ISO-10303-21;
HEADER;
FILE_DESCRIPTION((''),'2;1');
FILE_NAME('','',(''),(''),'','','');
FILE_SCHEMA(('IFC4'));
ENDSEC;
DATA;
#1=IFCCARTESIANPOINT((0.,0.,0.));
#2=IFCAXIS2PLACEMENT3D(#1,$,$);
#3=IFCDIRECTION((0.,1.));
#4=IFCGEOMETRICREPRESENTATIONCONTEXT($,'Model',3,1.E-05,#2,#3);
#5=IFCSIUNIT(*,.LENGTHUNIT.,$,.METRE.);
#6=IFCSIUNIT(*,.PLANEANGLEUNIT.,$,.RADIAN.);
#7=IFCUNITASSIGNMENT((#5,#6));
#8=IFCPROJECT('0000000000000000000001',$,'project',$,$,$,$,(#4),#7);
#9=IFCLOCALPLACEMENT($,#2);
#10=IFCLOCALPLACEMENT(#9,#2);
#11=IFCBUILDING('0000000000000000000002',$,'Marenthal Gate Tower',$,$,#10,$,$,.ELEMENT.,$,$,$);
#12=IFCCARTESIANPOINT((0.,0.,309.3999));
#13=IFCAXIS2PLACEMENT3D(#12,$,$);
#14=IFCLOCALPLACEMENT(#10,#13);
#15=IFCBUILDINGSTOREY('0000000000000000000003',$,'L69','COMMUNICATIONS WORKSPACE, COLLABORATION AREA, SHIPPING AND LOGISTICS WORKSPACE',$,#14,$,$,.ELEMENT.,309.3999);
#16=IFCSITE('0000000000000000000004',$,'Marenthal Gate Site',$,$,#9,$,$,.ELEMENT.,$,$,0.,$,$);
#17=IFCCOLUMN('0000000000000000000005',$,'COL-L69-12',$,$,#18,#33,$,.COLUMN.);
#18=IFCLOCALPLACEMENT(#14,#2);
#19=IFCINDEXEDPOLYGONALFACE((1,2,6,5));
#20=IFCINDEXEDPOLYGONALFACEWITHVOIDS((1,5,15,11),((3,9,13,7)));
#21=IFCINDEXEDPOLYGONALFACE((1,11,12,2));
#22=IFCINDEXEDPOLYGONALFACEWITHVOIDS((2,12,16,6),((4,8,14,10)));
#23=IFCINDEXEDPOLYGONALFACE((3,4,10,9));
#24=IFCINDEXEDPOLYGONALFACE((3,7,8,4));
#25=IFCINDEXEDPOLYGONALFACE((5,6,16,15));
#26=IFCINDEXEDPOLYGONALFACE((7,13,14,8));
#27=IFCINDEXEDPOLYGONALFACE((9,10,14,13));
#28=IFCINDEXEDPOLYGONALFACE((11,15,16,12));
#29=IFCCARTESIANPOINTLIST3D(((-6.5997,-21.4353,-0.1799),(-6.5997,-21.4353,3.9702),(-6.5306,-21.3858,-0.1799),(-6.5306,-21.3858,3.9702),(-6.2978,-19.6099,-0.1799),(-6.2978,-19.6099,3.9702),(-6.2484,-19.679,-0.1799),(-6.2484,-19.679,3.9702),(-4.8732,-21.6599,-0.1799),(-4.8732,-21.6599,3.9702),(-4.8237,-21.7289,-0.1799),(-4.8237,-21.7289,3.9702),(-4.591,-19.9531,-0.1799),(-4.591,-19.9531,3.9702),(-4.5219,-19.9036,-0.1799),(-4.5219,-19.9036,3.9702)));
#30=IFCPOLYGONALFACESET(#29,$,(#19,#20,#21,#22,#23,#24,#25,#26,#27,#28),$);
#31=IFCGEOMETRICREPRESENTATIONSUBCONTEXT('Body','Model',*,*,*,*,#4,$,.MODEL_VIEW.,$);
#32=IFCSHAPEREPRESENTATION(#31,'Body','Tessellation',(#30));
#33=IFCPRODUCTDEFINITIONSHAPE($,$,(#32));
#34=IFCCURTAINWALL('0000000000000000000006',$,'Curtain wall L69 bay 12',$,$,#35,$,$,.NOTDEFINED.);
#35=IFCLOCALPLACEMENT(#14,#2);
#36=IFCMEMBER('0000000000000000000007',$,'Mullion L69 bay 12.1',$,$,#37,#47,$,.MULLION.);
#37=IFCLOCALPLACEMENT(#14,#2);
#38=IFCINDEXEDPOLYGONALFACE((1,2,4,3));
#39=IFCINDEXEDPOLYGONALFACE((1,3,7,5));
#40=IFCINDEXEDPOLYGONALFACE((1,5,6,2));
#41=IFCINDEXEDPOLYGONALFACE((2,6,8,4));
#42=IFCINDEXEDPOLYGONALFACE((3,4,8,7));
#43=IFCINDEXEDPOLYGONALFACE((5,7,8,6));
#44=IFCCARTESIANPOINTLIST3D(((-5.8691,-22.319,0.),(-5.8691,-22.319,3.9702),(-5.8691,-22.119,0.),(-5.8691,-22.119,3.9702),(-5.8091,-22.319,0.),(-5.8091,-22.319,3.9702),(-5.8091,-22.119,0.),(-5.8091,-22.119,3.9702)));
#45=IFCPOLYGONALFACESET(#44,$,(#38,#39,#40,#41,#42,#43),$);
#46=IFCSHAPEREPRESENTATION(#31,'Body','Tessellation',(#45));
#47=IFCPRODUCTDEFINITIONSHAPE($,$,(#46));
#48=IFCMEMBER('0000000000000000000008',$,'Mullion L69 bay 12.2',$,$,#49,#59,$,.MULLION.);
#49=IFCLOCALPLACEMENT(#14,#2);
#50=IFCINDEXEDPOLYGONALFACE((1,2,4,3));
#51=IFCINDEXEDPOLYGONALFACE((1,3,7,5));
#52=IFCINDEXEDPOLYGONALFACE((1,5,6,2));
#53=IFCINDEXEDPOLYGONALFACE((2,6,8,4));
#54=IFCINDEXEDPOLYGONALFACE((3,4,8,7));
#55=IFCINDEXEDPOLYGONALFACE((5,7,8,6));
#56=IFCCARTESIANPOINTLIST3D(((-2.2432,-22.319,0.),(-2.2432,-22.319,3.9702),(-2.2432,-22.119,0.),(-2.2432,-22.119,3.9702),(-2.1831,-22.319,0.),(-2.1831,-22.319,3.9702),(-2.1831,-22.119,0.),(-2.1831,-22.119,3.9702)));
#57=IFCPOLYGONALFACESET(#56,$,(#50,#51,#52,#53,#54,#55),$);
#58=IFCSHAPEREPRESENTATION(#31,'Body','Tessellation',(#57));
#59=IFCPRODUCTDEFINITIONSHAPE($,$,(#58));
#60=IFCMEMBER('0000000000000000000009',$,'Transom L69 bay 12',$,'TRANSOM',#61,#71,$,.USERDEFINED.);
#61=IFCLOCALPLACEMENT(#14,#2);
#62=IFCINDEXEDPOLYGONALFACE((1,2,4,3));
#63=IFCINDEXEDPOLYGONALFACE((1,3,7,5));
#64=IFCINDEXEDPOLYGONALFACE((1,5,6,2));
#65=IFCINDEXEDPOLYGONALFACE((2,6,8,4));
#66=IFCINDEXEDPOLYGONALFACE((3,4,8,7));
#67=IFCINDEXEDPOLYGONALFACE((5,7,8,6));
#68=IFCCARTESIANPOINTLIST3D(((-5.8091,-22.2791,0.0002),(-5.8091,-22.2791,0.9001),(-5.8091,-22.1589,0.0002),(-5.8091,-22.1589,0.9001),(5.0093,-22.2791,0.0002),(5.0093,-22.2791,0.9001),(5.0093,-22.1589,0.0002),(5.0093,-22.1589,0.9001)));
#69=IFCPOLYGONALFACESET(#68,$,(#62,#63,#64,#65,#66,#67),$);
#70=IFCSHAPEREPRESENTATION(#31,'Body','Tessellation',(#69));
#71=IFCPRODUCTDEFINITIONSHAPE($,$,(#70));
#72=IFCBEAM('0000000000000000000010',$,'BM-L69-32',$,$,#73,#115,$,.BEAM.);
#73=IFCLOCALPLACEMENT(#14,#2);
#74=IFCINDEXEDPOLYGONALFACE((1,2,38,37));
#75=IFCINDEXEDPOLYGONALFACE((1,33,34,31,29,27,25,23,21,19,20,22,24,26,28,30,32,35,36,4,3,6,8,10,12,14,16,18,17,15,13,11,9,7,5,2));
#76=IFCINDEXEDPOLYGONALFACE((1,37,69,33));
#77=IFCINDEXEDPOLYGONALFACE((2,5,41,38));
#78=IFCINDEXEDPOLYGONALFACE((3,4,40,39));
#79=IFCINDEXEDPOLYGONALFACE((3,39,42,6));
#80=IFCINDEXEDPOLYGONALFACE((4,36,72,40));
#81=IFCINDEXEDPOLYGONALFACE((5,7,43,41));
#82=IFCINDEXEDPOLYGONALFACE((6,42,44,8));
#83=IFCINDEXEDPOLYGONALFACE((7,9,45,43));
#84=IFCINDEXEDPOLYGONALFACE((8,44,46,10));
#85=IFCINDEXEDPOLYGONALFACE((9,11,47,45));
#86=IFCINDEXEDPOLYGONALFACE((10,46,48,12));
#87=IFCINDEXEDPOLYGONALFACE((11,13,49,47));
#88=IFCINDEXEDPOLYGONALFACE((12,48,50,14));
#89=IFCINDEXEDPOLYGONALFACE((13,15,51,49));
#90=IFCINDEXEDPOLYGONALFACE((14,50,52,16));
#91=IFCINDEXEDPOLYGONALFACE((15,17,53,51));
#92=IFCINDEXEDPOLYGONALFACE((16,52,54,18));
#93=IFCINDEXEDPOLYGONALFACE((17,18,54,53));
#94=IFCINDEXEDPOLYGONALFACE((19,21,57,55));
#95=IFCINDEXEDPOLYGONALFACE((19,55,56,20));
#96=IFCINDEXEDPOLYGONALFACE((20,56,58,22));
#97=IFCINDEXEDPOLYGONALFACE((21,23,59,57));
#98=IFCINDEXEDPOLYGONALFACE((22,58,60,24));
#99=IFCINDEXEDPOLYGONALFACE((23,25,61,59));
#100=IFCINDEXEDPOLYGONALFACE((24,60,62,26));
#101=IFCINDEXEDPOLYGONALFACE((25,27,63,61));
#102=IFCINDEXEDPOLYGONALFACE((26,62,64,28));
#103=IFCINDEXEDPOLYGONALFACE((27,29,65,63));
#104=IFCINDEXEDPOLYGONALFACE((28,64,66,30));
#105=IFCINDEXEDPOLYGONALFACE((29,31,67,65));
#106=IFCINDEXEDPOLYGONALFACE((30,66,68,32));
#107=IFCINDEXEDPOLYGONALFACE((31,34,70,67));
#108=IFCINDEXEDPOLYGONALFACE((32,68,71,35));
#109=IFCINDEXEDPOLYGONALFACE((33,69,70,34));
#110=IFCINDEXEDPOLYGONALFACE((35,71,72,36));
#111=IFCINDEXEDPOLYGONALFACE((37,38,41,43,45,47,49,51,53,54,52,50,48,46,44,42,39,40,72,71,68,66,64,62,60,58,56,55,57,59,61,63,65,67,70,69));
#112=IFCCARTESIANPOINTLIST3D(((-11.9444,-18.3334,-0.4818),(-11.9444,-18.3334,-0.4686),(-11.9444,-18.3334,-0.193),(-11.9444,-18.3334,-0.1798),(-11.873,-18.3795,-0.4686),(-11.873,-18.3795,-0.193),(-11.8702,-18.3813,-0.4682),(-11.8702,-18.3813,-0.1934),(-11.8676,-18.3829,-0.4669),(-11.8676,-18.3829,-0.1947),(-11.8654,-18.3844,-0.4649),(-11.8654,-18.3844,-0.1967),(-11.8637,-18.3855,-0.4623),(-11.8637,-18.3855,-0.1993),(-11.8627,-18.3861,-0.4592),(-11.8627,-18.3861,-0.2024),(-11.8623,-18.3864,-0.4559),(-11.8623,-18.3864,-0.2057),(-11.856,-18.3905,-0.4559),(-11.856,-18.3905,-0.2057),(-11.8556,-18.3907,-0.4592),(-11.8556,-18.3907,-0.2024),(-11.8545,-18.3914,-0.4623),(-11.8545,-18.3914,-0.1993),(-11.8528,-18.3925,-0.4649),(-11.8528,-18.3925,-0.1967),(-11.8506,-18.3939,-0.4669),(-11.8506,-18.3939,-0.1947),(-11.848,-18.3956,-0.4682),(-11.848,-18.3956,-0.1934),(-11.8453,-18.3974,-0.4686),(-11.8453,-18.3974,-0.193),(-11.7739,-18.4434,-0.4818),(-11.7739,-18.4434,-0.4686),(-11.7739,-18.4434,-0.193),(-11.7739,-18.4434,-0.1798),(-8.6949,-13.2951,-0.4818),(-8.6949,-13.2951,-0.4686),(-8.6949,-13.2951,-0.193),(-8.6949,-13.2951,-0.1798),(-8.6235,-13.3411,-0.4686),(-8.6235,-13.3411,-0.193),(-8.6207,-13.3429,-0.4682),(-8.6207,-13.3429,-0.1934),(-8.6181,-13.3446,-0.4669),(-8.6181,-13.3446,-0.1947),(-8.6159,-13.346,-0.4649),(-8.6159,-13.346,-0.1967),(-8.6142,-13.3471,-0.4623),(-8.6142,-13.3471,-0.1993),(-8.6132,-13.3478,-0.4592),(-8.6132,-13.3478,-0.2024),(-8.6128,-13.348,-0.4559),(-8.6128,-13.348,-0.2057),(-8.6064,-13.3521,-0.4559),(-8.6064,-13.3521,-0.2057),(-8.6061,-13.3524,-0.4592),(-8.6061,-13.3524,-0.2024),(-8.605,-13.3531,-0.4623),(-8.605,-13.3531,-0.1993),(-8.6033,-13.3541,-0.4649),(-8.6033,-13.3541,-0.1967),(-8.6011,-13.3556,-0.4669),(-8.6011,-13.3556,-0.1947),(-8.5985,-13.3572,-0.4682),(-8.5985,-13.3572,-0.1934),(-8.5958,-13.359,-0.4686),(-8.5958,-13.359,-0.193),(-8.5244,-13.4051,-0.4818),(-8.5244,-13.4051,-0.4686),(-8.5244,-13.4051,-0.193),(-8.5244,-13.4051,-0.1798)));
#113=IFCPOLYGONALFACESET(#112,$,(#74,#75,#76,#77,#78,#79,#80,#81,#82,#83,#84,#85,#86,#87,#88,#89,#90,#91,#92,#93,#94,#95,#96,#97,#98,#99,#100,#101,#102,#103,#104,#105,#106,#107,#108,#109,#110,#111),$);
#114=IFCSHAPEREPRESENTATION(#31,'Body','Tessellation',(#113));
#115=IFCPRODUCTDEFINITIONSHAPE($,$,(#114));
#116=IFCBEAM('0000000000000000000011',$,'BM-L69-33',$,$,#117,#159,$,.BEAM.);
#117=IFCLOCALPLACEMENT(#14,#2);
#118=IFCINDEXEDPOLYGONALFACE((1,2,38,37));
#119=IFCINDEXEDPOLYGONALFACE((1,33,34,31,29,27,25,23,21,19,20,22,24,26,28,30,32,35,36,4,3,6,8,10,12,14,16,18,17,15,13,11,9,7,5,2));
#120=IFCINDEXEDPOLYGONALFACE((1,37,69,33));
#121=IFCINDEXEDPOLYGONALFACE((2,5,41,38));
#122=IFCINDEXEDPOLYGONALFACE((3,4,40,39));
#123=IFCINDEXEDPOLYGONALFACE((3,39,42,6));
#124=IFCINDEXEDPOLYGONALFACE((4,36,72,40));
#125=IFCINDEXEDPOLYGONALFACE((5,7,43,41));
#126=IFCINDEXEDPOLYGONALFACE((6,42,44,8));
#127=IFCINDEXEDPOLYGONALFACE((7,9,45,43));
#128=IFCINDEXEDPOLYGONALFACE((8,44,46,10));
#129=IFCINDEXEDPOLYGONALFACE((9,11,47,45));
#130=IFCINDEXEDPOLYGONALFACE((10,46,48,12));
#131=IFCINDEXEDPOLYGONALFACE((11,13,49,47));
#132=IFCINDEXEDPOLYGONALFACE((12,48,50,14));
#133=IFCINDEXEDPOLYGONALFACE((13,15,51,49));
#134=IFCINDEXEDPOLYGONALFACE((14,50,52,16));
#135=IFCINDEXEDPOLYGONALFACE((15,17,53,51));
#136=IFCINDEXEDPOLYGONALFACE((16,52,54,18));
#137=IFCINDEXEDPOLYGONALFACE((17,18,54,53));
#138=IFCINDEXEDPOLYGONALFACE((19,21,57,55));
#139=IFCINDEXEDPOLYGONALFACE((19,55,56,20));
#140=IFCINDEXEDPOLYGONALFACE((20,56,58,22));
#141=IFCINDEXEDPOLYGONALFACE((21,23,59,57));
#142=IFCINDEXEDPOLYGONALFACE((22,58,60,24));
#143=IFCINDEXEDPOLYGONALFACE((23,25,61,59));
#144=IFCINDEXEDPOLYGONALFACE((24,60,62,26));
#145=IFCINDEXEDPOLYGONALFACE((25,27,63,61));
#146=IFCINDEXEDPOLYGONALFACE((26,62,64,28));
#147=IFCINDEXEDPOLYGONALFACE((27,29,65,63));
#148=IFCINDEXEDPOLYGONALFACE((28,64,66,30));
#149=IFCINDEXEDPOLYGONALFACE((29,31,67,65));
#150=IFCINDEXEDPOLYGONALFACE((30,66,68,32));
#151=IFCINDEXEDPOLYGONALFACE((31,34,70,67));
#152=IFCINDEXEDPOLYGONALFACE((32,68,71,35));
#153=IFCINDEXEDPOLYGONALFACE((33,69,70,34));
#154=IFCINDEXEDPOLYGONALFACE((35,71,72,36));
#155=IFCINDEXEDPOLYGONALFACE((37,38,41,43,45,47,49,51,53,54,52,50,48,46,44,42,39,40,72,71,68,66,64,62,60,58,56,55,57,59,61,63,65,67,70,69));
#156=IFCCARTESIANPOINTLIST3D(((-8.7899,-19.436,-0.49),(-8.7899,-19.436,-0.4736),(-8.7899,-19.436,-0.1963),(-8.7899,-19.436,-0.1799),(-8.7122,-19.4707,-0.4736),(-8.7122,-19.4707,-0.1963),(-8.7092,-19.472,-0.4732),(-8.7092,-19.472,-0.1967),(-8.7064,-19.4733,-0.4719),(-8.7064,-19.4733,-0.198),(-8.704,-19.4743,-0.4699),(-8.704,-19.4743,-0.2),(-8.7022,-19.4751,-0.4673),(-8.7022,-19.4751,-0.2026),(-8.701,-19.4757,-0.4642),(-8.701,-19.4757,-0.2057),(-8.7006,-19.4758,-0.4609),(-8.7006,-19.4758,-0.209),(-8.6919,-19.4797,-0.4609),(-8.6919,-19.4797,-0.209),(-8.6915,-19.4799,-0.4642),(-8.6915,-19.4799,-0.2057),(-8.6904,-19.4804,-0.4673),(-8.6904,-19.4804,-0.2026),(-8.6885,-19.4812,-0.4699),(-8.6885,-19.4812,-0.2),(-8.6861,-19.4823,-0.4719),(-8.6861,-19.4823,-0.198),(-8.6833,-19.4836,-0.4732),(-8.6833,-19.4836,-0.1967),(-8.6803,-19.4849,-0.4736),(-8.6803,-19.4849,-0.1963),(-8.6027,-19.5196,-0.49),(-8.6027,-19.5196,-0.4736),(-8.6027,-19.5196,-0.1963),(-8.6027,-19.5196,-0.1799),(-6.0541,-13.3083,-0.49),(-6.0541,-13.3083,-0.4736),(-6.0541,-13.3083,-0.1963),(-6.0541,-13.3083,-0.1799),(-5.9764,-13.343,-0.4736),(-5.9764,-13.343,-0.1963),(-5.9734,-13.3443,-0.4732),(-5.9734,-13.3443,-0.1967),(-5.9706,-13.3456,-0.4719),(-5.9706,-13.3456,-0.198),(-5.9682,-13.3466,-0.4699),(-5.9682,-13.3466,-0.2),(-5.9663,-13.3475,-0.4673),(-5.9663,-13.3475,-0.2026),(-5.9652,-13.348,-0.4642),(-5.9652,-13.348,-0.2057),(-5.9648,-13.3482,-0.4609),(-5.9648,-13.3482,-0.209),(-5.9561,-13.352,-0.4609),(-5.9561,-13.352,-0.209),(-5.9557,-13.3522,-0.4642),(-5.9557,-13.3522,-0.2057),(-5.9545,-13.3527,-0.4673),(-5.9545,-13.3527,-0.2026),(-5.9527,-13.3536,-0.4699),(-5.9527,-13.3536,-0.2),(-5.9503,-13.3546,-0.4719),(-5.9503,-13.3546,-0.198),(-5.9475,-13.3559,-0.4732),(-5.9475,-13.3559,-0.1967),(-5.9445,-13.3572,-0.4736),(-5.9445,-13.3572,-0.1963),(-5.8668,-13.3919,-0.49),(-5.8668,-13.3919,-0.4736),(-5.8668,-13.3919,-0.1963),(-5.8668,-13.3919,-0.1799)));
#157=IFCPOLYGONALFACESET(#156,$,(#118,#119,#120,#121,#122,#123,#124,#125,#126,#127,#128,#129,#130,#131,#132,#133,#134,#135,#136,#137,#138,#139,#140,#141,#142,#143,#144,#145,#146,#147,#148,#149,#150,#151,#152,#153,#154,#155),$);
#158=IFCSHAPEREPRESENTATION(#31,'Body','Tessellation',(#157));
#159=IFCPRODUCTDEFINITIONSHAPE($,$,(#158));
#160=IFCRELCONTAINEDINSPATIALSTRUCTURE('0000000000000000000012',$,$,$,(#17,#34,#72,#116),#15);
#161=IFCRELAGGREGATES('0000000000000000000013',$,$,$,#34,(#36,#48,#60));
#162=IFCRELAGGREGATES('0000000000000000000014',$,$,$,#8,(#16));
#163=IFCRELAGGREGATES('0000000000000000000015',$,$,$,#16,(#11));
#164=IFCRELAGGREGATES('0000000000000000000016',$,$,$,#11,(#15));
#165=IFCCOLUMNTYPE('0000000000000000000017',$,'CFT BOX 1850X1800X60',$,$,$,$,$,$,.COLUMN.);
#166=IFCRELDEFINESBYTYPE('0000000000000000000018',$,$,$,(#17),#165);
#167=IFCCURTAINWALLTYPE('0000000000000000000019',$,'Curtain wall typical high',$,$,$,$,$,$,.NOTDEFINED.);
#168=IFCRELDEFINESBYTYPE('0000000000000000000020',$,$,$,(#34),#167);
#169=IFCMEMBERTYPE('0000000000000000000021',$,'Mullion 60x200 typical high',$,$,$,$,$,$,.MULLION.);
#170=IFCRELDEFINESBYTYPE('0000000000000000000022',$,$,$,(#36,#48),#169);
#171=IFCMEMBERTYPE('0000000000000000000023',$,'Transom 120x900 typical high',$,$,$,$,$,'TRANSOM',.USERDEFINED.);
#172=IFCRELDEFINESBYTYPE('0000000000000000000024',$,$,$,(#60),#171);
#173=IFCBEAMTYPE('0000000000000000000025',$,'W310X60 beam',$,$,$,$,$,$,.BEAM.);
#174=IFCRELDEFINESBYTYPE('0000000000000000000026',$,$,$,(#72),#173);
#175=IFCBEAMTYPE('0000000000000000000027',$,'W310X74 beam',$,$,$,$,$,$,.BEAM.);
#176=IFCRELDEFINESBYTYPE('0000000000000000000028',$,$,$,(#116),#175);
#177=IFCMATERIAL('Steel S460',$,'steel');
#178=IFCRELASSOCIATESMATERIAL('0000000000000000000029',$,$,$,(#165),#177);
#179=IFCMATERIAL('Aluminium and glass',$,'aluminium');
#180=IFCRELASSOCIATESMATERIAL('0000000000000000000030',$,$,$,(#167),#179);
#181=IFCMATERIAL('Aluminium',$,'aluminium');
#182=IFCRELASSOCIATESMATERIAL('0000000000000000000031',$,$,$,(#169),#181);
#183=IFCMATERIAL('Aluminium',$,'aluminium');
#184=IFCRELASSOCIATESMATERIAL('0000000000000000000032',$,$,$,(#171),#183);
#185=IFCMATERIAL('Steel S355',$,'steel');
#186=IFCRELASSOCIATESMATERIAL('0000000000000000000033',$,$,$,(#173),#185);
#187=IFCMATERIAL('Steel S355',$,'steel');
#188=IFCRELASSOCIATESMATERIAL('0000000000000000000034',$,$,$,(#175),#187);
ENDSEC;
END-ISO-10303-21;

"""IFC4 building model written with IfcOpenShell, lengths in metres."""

from ifc_helpers import new_model, si_unit, direction, frame, origin, origin_2d, place, context, subcontext, project, spatial, rectangle, hollow_rectangle, i_section, extrude, material, material_profile, profile_set, type_object, element, aggregate, save


model = new_model("IFC4")

# Units and contexts
model_context = context("Model", 3, precision=1e-05, world=origin(), true_north=direction((0.0, 1.0)))
body_context = subcontext(model_context, "Body", "Model", "MODEL_VIEW")
ifc_project = project(units=[si_unit("LENGTHUNIT", "METRE"), si_unit("PLANEANGLEUNIT", "RADIAN")], contexts=[model_context])

# Site, building, storey
site_placement = place(None, origin())
site = spatial("IfcSite", under=ifc_project, at=site_placement, Name="Marenthal Gate Site", CompositionType="ELEMENT", RefElevation=0.0)
building_placement = place(site_placement, origin())
building = spatial("IfcBuilding", under=site, at=building_placement, Name="Marenthal Gate Tower", CompositionType="ELEMENT")
storey_placement = place(building_placement, frame((0.0, 0.0, 309.3999)))
storey = spatial("IfcBuildingStorey", under=building, at=storey_placement, Name="L69", Description="COMMUNICATIONS WORKSPACE, COLLABORATION AREA, SHIPPING AND LOGISTICS WORKSPACE", CompositionType="ELEMENT", Elevation=309.3999)

# Column
ifc_material_1 = material(Name="Steel S460", Category="steel")
ifc_material_profile_1 = material_profile(ifc_material_1, hollow_rectangle(XDim=1.8, YDim=1.8501, WallThickness=0.0601, at=origin_2d()), Name="CFT BOX 1850X1800X60")
ifc_material_2 = material(Name="Concrete 70 MPa", Category="concrete")
ifc_material_profile_2 = material_profile(ifc_material_2, rectangle(XDim=1.6799, YDim=1.73, at=origin_2d()), Name="CFT BOX 1850X1800X60 INFILL")
ifc_profile_set_1 = profile_set([ifc_material_profile_1, ifc_material_profile_2], Name="Steel S460 shell, Concrete 70 MPa infill")
column_type = type_object("IfcColumnType", Name="CFT BOX 1850X1800X60", PredefinedType="COLUMN", material=ifc_profile_set_1)
column_placement = place(storey_placement, frame((-5.5608, -20.6694, -0.1799), z_axis=(0.0, 0.0, 1.0), x_axis=(-0.986602, 0.163147, 0.0)))
element("IfcColumn", 1, at=column_placement, inside=storey, type_object=column_type, Name="COL-L69-12", PredefinedType="COLUMN", context=body_context, shape_type="SweptSolid", body=[
    extrude(hollow_rectangle(XDim=1.8, YDim=1.8501, WallThickness=0.0601, at=origin_2d()), origin(), (0.0, 0.0, 1.0), 4.1501),
])

# Curtain wall, members
ifc_material_3 = material(Name="Aluminium and glass", Category="aluminium")
curtain_wall_type = type_object("IfcCurtainWallType", Name="Curtain wall typical high", PredefinedType="NOTDEFINED", material=ifc_material_3)
curtain_wall_placement = place(storey_placement, origin())
curtain_wall = element("IfcCurtainWall", 2, at=curtain_wall_placement, inside=storey, type_object=curtain_wall_type, Name="Curtain wall L69 bay 12", PredefinedType="NOTDEFINED")
ifc_material_4 = material(Name="Aluminium", Category="aluminium")
ifc_material_profile_3 = material_profile(ifc_material_4, rectangle(XDim=0.2, YDim=0.0601, at=origin_2d()), Name="60x200 aluminium mullion")
ifc_profile_set_2 = profile_set([ifc_material_profile_3], Name="Aluminium")
member_type_1 = type_object("IfcMemberType", Name="Mullion 60x200 typical high", PredefinedType="MULLION", material=ifc_profile_set_2)
member_1_placement = place(storey_placement, frame((-5.8391, -22.219, 0.0), z_axis=(0.0, 0.0, 1.0), x_axis=(0.0, 1.0, 0.0)))
member_1 = element("IfcMember", 3, at=member_1_placement, type_object=member_type_1, Name="Mullion L69 bay 12.1", PredefinedType="MULLION", context=body_context, shape_type="SweptSolid", body=[
    extrude(rectangle(XDim=0.2, YDim=0.0601, at=origin_2d()), origin(), (0.0, 0.0, 1.0), 3.9702),
])
member_2_placement = place(storey_placement, frame((-2.2131, -22.219, 0.0), z_axis=(0.0, 0.0, 1.0), x_axis=(0.0, 1.0, 0.0)))
member_2 = element("IfcMember", 4, at=member_2_placement, type_object=member_type_1, Name="Mullion L69 bay 12.2", PredefinedType="MULLION", context=body_context, shape_type="SweptSolid", body=[
    extrude(rectangle(XDim=0.2, YDim=0.0601, at=origin_2d()), origin(), (0.0, 0.0, 1.0), 3.9702),
])
ifc_material_5 = material(Name="Aluminium", Category="aluminium")
ifc_material_profile_4 = material_profile(ifc_material_5, rectangle(XDim=0.1201, YDim=0.8999, at=origin_2d()), Name="120x900 aluminium transom")
ifc_profile_set_3 = profile_set([ifc_material_profile_4], Name="Aluminium")
member_type_2 = type_object("IfcMemberType", Name="Transom 120x900 typical high", ElementType="TRANSOM", PredefinedType="USERDEFINED", material=ifc_profile_set_3)
member_3_placement = place(storey_placement, frame((-5.8091, -22.219, 0.4502), z_axis=(1.0, 0.0, 0.0), x_axis=(0.0, 1.0, 0.0)))
member_3 = element("IfcMember", 5, at=member_3_placement, type_object=member_type_2, Name="Transom L69 bay 12", ObjectType="TRANSOM", PredefinedType="USERDEFINED", context=body_context, shape_type="SweptSolid", body=[
    extrude(rectangle(XDim=0.1201, YDim=0.8999, at=origin_2d()), origin(), (0.0, 0.0, 1.0), 10.8184),
])

# Beams
ifc_material_6 = material(Name="Steel S355", Category="steel")
ifc_material_profile_5 = material_profile(ifc_material_6, i_section(OverallWidth=0.2029, OverallDepth=0.302, WebThickness=0.0076, FlangeThickness=0.0132, FilletRadius=0.0127, at=origin_2d()), Name="W310X60")
ifc_profile_set_4 = profile_set([ifc_material_profile_5], Name="Steel S355")
beam_type_1 = type_object("IfcBeamType", Name="W310X60 beam", PredefinedType="BEAM", material=ifc_profile_set_4)
beam_1_placement = place(storey_placement, frame((-11.8591, -18.3884, -0.3308), z_axis=(0.542006, 0.840374, 0.0), x_axis=(-0.840374, 0.542006, 0.0)))
element("IfcBeam", 6, at=beam_1_placement, inside=storey, type_object=beam_type_1, Name="BM-L69-32", PredefinedType="BEAM", context=body_context, shape_type="SweptSolid", body=[
    extrude(i_section(OverallWidth=0.2029, OverallDepth=0.302, WebThickness=0.0076, FlangeThickness=0.0132, FilletRadius=0.0127, at=origin_2d()), origin(), (0.0, 0.0, 1.0), 5.9954),
])
ifc_material_7 = material(Name="Steel S355", Category="steel")
ifc_material_profile_6 = material_profile(ifc_material_7, i_section(OverallWidth=0.2051, OverallDepth=0.3101, WebThickness=0.0095, FlangeThickness=0.0164, FilletRadius=0.0127, at=origin_2d()), Name="W310X74")
ifc_profile_set_5 = profile_set([ifc_material_profile_6], Name="Steel S355")
beam_type_2 = type_object("IfcBeamType", Name="W310X74 beam", PredefinedType="BEAM", material=ifc_profile_set_5)
beam_2_placement = place(storey_placement, frame((-8.6963, -19.4778, -0.335), z_axis=(0.407684, 0.913123, 0.0), x_axis=(-0.913123, 0.407684, 0.0)))
element("IfcBeam", 7, at=beam_2_placement, inside=storey, type_object=beam_type_2, Name="BM-L69-33", PredefinedType="BEAM", context=body_context, shape_type="SweptSolid", body=[
    extrude(i_section(OverallWidth=0.2051, OverallDepth=0.3101, WebThickness=0.0095, FlangeThickness=0.0164, FilletRadius=0.0127, at=origin_2d()), origin(), (0.0, 0.0, 1.0), 6.7107),
])

aggregate(curtain_wall, [member_1, member_2, member_3])

save(model, "model.ifc")
